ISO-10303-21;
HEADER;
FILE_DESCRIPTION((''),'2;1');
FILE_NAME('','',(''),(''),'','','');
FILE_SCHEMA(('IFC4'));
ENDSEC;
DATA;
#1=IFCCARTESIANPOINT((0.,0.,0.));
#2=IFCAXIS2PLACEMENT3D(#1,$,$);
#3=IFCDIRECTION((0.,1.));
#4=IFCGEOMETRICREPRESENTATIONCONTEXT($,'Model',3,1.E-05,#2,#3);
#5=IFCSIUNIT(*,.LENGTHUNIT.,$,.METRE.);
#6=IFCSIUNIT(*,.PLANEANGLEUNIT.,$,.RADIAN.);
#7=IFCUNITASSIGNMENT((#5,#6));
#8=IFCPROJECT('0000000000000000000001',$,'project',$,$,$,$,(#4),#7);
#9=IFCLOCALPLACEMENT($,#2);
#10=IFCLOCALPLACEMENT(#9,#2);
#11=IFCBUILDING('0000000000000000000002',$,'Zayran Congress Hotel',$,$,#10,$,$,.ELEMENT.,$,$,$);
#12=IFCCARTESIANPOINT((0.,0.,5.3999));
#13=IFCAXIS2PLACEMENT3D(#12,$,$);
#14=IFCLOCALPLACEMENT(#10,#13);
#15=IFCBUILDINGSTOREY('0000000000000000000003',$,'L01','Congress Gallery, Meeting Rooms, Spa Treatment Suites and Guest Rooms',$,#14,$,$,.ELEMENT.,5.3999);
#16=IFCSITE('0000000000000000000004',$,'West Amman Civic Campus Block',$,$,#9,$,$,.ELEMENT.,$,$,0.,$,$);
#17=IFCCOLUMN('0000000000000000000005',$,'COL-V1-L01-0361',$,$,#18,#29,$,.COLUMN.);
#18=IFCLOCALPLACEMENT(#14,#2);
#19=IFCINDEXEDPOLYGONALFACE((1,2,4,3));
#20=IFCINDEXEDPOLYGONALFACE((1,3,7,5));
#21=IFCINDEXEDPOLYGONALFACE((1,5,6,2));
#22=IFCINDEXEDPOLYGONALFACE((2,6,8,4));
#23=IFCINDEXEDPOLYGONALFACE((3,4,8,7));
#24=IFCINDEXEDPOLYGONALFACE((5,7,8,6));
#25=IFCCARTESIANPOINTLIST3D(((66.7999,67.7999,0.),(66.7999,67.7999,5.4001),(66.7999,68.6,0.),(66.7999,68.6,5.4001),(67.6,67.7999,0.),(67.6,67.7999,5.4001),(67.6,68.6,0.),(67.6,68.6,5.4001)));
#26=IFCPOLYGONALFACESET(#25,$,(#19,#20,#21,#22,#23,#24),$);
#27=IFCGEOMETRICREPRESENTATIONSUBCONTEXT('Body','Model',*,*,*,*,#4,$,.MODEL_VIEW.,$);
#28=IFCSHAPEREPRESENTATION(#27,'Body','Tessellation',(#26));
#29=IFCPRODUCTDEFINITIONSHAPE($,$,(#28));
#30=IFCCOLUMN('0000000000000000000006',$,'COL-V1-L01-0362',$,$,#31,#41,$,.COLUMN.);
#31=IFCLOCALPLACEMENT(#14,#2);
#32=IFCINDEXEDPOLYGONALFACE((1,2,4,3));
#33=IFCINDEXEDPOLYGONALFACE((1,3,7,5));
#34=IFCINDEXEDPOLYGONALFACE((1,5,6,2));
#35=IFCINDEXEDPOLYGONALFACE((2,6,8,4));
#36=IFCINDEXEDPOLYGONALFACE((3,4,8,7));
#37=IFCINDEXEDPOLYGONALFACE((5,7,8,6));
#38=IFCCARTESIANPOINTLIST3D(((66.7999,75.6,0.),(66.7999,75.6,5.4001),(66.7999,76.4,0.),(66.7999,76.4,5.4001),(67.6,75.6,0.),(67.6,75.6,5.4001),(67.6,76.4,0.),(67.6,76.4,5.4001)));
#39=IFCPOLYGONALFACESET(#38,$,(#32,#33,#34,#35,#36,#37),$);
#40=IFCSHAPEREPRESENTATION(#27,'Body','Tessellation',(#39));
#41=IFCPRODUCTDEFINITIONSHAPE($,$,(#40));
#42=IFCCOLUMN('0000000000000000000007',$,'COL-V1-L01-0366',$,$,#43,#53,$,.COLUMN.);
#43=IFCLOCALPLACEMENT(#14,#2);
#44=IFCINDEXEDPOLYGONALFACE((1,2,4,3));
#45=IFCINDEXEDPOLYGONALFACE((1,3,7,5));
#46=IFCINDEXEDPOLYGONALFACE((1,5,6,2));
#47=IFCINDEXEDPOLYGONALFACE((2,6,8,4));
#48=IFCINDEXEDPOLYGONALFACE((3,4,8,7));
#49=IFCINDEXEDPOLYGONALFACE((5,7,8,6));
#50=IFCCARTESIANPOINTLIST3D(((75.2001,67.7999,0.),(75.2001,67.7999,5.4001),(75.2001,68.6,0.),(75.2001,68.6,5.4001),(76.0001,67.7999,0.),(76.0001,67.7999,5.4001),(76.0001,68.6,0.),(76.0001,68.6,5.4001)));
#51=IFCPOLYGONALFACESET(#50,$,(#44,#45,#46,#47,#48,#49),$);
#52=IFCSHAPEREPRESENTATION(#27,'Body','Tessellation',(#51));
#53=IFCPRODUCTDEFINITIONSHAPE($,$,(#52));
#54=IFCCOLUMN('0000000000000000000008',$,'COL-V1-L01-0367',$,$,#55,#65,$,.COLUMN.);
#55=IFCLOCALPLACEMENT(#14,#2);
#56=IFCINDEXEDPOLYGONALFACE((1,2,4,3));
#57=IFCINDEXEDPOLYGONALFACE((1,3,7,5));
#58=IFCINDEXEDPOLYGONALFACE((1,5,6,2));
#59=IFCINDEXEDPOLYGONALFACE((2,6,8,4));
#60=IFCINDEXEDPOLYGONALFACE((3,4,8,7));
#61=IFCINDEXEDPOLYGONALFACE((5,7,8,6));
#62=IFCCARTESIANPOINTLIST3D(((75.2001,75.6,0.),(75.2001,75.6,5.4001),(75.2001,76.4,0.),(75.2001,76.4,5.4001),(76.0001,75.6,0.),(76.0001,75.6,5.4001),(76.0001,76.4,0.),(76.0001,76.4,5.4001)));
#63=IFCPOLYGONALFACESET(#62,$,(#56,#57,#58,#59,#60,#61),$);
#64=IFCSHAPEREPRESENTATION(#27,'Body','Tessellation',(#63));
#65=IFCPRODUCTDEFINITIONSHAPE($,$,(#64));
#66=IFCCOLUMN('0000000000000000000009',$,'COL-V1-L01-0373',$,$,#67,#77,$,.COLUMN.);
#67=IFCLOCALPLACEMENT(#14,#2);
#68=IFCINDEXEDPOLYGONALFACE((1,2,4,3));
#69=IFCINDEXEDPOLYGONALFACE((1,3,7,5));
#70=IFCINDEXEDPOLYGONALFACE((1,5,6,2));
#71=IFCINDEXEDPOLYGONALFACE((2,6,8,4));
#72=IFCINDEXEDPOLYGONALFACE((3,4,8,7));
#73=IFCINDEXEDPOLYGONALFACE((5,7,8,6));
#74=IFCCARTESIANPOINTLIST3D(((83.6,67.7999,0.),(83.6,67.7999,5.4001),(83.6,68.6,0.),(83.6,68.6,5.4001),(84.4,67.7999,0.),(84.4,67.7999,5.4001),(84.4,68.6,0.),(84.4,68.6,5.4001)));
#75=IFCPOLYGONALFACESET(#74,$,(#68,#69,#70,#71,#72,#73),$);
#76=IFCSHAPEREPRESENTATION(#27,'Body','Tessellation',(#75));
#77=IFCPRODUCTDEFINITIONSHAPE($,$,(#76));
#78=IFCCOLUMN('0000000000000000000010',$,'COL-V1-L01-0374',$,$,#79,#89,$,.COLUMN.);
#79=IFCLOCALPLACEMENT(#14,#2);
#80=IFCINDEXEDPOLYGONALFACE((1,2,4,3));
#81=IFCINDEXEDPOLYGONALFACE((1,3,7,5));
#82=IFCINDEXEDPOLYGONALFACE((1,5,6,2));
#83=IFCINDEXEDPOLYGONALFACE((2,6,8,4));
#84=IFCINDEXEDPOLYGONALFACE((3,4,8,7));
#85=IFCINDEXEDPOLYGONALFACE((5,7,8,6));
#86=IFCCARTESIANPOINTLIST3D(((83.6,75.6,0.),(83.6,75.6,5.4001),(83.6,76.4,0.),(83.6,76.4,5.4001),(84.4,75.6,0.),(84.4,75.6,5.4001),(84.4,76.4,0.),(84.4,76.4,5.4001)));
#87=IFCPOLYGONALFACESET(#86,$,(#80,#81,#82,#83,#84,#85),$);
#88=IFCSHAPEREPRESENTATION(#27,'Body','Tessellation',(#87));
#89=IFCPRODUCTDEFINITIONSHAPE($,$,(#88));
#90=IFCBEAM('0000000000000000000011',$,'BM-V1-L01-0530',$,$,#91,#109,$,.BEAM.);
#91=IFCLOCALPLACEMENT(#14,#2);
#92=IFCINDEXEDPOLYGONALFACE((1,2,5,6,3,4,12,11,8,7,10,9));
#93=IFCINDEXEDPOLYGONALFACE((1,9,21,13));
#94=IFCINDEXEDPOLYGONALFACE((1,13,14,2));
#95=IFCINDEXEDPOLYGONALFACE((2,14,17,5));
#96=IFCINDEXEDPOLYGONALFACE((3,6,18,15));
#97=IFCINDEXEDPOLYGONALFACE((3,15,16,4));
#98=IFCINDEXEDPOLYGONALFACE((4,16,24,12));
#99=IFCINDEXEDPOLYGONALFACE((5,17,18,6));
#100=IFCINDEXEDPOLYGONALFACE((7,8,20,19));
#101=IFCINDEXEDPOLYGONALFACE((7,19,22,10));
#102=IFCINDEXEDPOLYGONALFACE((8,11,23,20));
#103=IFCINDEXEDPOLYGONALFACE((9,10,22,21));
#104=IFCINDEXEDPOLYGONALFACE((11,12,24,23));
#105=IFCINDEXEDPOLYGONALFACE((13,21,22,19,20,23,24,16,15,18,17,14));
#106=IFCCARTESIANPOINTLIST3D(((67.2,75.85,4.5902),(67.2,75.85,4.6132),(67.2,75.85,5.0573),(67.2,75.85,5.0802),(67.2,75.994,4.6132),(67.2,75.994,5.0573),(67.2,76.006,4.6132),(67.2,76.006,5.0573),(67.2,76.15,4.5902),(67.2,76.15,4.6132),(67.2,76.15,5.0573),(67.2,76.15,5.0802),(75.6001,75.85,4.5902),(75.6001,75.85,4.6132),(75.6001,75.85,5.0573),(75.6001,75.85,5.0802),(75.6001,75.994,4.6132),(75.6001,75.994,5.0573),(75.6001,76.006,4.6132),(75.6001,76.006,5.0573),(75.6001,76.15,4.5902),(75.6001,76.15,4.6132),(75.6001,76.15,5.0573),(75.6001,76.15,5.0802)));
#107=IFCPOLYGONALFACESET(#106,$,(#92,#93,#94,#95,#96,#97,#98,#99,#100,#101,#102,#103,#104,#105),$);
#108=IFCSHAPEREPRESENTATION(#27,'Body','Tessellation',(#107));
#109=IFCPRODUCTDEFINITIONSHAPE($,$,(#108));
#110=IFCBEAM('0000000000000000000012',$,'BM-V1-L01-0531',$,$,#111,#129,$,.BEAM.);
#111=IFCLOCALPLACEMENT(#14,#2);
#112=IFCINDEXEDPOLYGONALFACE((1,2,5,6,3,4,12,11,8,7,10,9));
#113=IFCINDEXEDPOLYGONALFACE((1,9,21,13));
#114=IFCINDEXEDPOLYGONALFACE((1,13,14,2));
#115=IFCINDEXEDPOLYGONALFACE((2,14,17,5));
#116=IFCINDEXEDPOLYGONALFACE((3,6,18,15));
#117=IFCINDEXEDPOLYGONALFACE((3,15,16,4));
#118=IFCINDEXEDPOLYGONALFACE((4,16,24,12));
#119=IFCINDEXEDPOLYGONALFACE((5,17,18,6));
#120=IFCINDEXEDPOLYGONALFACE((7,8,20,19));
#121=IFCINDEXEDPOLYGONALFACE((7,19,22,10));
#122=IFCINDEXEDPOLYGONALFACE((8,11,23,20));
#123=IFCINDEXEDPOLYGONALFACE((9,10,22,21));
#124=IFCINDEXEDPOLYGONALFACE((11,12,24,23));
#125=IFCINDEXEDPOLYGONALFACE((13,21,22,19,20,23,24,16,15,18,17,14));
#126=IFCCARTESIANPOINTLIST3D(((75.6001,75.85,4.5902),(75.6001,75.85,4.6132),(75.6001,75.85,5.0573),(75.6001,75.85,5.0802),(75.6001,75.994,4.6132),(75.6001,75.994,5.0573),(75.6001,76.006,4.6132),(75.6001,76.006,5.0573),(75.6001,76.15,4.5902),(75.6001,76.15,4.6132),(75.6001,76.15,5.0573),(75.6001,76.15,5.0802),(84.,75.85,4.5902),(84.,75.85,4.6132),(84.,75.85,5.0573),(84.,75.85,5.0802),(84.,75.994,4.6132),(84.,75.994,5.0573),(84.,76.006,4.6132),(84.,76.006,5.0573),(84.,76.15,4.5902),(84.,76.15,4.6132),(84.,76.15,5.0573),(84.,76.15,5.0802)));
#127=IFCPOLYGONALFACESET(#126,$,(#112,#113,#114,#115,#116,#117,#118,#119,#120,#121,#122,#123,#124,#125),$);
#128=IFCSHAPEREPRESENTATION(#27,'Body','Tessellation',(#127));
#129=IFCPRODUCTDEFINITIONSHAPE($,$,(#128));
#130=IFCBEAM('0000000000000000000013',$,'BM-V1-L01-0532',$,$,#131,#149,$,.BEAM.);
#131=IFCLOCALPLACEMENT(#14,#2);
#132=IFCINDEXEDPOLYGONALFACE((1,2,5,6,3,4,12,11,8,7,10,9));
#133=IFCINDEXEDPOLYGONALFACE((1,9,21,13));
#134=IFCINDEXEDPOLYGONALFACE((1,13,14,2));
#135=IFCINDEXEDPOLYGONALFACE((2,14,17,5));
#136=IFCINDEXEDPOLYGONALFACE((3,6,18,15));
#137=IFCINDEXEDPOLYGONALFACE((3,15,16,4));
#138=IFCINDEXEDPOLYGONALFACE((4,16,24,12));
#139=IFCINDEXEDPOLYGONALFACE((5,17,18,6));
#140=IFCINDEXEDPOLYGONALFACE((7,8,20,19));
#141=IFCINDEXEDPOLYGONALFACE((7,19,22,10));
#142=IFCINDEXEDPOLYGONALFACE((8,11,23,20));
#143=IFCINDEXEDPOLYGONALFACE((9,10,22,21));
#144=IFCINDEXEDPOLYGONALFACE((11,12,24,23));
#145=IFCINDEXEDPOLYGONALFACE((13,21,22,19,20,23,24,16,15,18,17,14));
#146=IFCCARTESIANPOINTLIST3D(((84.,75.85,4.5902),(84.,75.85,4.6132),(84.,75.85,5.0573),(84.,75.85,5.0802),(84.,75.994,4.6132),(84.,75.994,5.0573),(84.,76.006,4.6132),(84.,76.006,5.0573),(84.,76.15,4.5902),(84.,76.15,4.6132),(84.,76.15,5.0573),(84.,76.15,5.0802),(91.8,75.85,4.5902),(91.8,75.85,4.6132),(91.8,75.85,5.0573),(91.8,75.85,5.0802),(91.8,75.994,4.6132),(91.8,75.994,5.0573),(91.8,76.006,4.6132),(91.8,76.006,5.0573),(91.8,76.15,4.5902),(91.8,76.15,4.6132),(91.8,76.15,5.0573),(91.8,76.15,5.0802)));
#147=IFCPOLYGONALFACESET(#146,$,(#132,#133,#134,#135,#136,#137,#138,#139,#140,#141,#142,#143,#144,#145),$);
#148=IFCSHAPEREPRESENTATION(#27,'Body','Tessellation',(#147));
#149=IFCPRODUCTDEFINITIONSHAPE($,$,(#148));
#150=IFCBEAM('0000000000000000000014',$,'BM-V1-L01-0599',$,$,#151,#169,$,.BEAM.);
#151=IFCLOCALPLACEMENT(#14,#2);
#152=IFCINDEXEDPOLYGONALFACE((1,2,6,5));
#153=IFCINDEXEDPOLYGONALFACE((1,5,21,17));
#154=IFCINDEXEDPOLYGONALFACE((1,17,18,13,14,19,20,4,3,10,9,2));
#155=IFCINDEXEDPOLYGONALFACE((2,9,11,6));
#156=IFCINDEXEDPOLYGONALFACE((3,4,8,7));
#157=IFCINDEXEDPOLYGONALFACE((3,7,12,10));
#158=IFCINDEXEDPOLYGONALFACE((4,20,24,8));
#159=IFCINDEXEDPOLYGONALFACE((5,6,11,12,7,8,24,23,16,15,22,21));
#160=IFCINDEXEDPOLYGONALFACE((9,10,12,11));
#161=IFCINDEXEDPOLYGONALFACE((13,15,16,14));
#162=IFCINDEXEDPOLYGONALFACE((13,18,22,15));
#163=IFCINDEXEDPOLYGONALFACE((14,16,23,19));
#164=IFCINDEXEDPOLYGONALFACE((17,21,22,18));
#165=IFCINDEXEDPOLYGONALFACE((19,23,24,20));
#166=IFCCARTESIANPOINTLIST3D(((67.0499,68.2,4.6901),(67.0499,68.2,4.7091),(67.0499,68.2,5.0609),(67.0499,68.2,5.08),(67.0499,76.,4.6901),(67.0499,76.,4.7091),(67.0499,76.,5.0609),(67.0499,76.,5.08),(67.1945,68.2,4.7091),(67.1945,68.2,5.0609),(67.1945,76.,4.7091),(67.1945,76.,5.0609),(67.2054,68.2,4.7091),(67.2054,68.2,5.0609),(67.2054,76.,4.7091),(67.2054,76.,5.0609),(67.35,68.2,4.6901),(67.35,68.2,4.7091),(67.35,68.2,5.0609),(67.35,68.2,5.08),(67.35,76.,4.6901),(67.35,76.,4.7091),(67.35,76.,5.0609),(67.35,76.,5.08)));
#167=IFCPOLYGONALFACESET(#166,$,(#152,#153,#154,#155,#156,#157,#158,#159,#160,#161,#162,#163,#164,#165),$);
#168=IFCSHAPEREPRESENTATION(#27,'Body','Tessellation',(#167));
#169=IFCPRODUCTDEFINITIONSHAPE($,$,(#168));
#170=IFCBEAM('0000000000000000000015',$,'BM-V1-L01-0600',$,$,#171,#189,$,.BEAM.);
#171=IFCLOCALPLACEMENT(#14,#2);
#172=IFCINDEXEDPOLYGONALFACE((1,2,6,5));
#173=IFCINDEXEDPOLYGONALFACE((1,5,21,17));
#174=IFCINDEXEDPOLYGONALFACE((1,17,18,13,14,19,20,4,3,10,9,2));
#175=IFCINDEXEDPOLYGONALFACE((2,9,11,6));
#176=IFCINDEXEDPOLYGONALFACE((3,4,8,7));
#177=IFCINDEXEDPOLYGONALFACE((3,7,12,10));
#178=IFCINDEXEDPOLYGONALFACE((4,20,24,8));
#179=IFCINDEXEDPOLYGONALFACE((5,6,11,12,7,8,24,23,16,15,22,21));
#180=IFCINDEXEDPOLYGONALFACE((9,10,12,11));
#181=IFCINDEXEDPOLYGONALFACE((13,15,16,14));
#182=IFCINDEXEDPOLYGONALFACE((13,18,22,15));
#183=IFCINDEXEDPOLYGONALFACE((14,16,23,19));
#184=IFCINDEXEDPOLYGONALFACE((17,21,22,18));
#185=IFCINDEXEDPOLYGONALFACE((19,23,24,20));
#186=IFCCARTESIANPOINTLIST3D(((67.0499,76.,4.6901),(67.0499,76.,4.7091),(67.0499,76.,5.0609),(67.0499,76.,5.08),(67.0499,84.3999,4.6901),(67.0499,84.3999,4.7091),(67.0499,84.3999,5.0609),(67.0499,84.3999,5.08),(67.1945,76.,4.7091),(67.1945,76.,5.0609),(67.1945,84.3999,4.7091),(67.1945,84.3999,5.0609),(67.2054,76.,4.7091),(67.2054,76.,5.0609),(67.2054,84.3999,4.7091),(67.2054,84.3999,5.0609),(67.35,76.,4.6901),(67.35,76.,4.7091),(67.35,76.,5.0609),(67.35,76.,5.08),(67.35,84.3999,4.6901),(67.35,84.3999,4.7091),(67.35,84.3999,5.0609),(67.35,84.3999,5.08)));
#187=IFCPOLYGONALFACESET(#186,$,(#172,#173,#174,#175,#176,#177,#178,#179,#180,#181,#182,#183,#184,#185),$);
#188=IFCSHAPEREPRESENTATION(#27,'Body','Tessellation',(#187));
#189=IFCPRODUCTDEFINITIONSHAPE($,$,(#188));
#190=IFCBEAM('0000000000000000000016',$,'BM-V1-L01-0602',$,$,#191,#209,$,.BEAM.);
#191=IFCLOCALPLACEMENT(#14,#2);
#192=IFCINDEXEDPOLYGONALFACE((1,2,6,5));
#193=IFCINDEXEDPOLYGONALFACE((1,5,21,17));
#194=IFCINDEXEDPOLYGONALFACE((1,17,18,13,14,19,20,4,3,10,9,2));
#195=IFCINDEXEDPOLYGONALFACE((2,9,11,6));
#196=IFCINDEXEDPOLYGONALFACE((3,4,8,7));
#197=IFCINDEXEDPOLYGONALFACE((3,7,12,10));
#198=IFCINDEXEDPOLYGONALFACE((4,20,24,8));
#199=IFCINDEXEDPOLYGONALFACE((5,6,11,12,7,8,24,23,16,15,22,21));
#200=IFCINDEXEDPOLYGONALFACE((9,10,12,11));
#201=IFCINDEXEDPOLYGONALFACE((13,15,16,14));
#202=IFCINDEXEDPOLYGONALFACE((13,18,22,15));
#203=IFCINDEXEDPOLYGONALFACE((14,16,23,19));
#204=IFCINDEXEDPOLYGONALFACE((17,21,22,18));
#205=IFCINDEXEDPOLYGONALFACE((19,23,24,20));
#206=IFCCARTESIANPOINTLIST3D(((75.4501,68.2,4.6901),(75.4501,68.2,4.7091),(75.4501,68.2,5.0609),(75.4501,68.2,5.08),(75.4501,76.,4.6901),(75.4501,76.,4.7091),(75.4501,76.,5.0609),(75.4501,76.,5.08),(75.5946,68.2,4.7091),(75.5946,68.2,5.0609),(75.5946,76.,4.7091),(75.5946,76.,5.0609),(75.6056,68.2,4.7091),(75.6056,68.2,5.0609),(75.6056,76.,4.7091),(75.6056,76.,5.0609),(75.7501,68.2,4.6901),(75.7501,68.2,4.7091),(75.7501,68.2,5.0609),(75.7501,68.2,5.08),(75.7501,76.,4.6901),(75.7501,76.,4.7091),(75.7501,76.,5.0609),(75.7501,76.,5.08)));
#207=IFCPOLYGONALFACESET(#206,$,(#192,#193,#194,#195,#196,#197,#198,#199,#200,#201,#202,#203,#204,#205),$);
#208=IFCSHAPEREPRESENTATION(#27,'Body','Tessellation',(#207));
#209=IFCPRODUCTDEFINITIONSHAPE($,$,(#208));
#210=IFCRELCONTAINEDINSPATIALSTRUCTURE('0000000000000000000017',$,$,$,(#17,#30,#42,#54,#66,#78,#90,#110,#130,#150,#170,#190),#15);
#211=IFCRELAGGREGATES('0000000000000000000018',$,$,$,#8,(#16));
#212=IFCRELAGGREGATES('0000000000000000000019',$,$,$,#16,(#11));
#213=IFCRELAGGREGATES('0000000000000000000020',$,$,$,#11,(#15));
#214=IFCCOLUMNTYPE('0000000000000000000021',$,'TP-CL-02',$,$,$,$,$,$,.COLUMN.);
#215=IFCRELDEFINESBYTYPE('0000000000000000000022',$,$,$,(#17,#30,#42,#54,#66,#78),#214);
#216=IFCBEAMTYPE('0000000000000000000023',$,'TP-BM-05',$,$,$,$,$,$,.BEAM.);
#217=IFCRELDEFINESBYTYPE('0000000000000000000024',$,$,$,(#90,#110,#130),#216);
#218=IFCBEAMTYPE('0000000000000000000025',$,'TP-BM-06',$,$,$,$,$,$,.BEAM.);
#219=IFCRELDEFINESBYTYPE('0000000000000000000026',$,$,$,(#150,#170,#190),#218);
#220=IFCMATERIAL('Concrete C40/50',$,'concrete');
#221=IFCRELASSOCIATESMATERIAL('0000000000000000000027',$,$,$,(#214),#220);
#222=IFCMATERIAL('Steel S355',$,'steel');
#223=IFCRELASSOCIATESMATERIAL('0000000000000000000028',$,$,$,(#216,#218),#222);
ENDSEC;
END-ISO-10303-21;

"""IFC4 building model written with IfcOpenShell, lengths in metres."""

from ifc_helpers import new_model, si_unit, direction, frame, origin, origin_2d, place, context, subcontext, project, spatial, rectangle, i_section, extrude, material, material_profile, profile_set, type_object, element, save


model = new_model("IFC4")

# Units and contexts
model_context = context("Model", 3, precision=1e-05, world=origin(), true_north=direction((0.0, 1.0)))
body_context = subcontext(model_context, "Body", "Model", "MODEL_VIEW")
ifc_project = project(units=[si_unit("LENGTHUNIT", "METRE"), si_unit("PLANEANGLEUNIT", "RADIAN")], contexts=[model_context])

# Site, building, storey
site_placement = place(None, origin())
site = spatial("IfcSite", under=ifc_project, at=site_placement, Name="West Amman Civic Campus Block", CompositionType="ELEMENT", RefElevation=0.0)
building_placement = place(site_placement, origin())
building = spatial("IfcBuilding", under=site, at=building_placement, Name="Zayran Congress Hotel", CompositionType="ELEMENT")
storey_placement = place(building_placement, frame((0.0, 0.0, 5.3999)))
storey = spatial("IfcBuildingStorey", under=building, at=storey_placement, Name="L01", Description="Congress Gallery, Meeting Rooms, Spa Treatment Suites and Guest Rooms", CompositionType="ELEMENT", Elevation=5.3999)

# Columns
ifc_material_1 = material(Name="Concrete C40/50", Category="concrete")
ifc_material_profile_1 = material_profile(ifc_material_1, rectangle(XDim=0.8, YDim=0.8, at=origin_2d()), Name="RC 800x800")
ifc_profile_set_1 = profile_set([ifc_material_profile_1], Name="Concrete C40/50")
column_type = type_object("IfcColumnType", Name="TP-CL-02", PredefinedType="COLUMN", material=ifc_profile_set_1)
for number, where, z_axis, x_axis, name in (
    (1, (67.2, 68.2, 0.0), (0.0, 0.0, 1.0), (1.0, 0.0, 0.0), "COL-V1-L01-0361"),
    (2, (67.2, 76.0, 0.0), (0.0, 0.0, 1.0), (1.0, 0.0, 0.0), "COL-V1-L01-0362"),
    (3, (75.6001, 68.2, 0.0), (0.0, 0.0, 1.0), (1.0, 0.0, 0.0), "COL-V1-L01-0366"),
    (4, (75.6001, 76.0, 0.0), (0.0, 0.0, 1.0), (1.0, 0.0, 0.0), "COL-V1-L01-0367"),
    (5, (84.0, 68.2, 0.0), (0.0, 0.0, 1.0), (1.0, 0.0, 0.0), "COL-V1-L01-0373"),
    (6, (84.0, 76.0, 0.0), (0.0, 0.0, 1.0), (1.0, 0.0, 0.0), "COL-V1-L01-0374"),
):
    element("IfcColumn", number, at=place(storey_placement, frame(where, z_axis=z_axis, x_axis=x_axis)), inside=storey, type_object=column_type, Name=name, PredefinedType="COLUMN", context=body_context, shape_type="SweptSolid", body=[
        extrude(rectangle(XDim=0.8, YDim=0.8, at=origin_2d()), origin(), (0.0, 0.0, 1.0), 5.4001),
    ])

# Beams
ifc_material_2 = material(Name="Steel S355", Category="steel")
ifc_material_profile_2 = material_profile(ifc_material_2, i_section(OverallWidth=0.3, OverallDepth=0.49, WebThickness=0.012, FlangeThickness=0.0229, at=origin_2d()), Name="HEA 500")
ifc_profile_set_2 = profile_set([ifc_material_profile_2], Name="Steel S355")
beam_type_1 = type_object("IfcBeamType", Name="TP-BM-05", PredefinedType="BEAM", material=ifc_profile_set_2)
beam_1_placement = place(storey_placement, frame((67.2, 76.0, 4.8352), z_axis=(1.0, 0.0, 0.0), x_axis=(0.0, 1.0, 0.0)))
element("IfcBeam", 7, at=beam_1_placement, inside=storey, type_object=beam_type_1, Name="BM-V1-L01-0530", PredefinedType="BEAM", context=body_context, shape_type="SweptSolid", body=[
    extrude(i_section(OverallWidth=0.3, OverallDepth=0.49, WebThickness=0.012, FlangeThickness=0.0229, at=origin_2d()), origin(), (0.0, 0.0, 1.0), 8.4001),
])
beam_2_placement = place(storey_placement, frame((75.6001, 76.0, 4.8352), z_axis=(1.0, 0.0, 0.0), x_axis=(0.0, 1.0, 0.0)))
element("IfcBeam", 8, at=beam_2_placement, inside=storey, type_object=beam_type_1, Name="BM-V1-L01-0531", PredefinedType="BEAM", context=body_context, shape_type="SweptSolid", body=[
    extrude(i_section(OverallWidth=0.3, OverallDepth=0.49, WebThickness=0.012, FlangeThickness=0.0229, at=origin_2d()), origin(), (0.0, 0.0, 1.0), 8.3999),
])
beam_3_placement = place(storey_placement, frame((84.0, 76.0, 4.8352), z_axis=(1.0, 0.0, 0.0), x_axis=(0.0, 1.0, 0.0)))
element("IfcBeam", 9, at=beam_3_placement, inside=storey, type_object=beam_type_1, Name="BM-V1-L01-0532", PredefinedType="BEAM", context=body_context, shape_type="SweptSolid", body=[
    extrude(i_section(OverallWidth=0.3, OverallDepth=0.49, WebThickness=0.012, FlangeThickness=0.0229, at=origin_2d()), origin(), (0.0, 0.0, 1.0), 7.8),
])
ifc_material_profile_3 = material_profile(ifc_material_2, i_section(OverallWidth=0.3, OverallDepth=0.3899, WebThickness=0.011, FlangeThickness=0.019, at=origin_2d()), Name="HEA 400")
ifc_profile_set_3 = profile_set([ifc_material_profile_3], Name="Steel S355")
beam_type_2 = type_object("IfcBeamType", Name="TP-BM-06", PredefinedType="BEAM", material=ifc_profile_set_3)
beam_4_placement = place(storey_placement, frame((67.2, 68.2, 4.885), z_axis=(0.0, 1.0, 0.0), x_axis=(-1.0, 0.0, 0.0)))
element("IfcBeam", 10, at=beam_4_placement, inside=storey, type_object=beam_type_2, Name="BM-V1-L01-0599", PredefinedType="BEAM", context=body_context, shape_type="SweptSolid", body=[
    extrude(i_section(OverallWidth=0.3, OverallDepth=0.3899, WebThickness=0.011, FlangeThickness=0.019, at=origin_2d()), origin(), (0.0, 0.0, 1.0), 7.8),
])
beam_5_placement = place(storey_placement, frame((67.2, 76.0, 4.885), z_axis=(0.0, 1.0, 0.0), x_axis=(-1.0, 0.0, 0.0)))
element("IfcBeam", 11, at=beam_5_placement, inside=storey, type_object=beam_type_2, Name="BM-V1-L01-0600", PredefinedType="BEAM", context=body_context, shape_type="SweptSolid", body=[
    extrude(i_section(OverallWidth=0.3, OverallDepth=0.3899, WebThickness=0.011, FlangeThickness=0.019, at=origin_2d()), origin(), (0.0, 0.0, 1.0), 8.3999),
])
beam_6_placement = place(storey_placement, frame((75.6001, 68.2, 4.885), z_axis=(0.0, 1.0, 0.0), x_axis=(-1.0, 0.0, 0.0)))
element("IfcBeam", 12, at=beam_6_placement, inside=storey, type_object=beam_type_2, Name="BM-V1-L01-0602", PredefinedType="BEAM", context=body_context, shape_type="SweptSolid", body=[
    extrude(i_section(OverallWidth=0.3, OverallDepth=0.3899, WebThickness=0.011, FlangeThickness=0.019, at=origin_2d()), origin(), (0.0, 0.0, 1.0), 7.8),
])

save(model, "model.ifc")
